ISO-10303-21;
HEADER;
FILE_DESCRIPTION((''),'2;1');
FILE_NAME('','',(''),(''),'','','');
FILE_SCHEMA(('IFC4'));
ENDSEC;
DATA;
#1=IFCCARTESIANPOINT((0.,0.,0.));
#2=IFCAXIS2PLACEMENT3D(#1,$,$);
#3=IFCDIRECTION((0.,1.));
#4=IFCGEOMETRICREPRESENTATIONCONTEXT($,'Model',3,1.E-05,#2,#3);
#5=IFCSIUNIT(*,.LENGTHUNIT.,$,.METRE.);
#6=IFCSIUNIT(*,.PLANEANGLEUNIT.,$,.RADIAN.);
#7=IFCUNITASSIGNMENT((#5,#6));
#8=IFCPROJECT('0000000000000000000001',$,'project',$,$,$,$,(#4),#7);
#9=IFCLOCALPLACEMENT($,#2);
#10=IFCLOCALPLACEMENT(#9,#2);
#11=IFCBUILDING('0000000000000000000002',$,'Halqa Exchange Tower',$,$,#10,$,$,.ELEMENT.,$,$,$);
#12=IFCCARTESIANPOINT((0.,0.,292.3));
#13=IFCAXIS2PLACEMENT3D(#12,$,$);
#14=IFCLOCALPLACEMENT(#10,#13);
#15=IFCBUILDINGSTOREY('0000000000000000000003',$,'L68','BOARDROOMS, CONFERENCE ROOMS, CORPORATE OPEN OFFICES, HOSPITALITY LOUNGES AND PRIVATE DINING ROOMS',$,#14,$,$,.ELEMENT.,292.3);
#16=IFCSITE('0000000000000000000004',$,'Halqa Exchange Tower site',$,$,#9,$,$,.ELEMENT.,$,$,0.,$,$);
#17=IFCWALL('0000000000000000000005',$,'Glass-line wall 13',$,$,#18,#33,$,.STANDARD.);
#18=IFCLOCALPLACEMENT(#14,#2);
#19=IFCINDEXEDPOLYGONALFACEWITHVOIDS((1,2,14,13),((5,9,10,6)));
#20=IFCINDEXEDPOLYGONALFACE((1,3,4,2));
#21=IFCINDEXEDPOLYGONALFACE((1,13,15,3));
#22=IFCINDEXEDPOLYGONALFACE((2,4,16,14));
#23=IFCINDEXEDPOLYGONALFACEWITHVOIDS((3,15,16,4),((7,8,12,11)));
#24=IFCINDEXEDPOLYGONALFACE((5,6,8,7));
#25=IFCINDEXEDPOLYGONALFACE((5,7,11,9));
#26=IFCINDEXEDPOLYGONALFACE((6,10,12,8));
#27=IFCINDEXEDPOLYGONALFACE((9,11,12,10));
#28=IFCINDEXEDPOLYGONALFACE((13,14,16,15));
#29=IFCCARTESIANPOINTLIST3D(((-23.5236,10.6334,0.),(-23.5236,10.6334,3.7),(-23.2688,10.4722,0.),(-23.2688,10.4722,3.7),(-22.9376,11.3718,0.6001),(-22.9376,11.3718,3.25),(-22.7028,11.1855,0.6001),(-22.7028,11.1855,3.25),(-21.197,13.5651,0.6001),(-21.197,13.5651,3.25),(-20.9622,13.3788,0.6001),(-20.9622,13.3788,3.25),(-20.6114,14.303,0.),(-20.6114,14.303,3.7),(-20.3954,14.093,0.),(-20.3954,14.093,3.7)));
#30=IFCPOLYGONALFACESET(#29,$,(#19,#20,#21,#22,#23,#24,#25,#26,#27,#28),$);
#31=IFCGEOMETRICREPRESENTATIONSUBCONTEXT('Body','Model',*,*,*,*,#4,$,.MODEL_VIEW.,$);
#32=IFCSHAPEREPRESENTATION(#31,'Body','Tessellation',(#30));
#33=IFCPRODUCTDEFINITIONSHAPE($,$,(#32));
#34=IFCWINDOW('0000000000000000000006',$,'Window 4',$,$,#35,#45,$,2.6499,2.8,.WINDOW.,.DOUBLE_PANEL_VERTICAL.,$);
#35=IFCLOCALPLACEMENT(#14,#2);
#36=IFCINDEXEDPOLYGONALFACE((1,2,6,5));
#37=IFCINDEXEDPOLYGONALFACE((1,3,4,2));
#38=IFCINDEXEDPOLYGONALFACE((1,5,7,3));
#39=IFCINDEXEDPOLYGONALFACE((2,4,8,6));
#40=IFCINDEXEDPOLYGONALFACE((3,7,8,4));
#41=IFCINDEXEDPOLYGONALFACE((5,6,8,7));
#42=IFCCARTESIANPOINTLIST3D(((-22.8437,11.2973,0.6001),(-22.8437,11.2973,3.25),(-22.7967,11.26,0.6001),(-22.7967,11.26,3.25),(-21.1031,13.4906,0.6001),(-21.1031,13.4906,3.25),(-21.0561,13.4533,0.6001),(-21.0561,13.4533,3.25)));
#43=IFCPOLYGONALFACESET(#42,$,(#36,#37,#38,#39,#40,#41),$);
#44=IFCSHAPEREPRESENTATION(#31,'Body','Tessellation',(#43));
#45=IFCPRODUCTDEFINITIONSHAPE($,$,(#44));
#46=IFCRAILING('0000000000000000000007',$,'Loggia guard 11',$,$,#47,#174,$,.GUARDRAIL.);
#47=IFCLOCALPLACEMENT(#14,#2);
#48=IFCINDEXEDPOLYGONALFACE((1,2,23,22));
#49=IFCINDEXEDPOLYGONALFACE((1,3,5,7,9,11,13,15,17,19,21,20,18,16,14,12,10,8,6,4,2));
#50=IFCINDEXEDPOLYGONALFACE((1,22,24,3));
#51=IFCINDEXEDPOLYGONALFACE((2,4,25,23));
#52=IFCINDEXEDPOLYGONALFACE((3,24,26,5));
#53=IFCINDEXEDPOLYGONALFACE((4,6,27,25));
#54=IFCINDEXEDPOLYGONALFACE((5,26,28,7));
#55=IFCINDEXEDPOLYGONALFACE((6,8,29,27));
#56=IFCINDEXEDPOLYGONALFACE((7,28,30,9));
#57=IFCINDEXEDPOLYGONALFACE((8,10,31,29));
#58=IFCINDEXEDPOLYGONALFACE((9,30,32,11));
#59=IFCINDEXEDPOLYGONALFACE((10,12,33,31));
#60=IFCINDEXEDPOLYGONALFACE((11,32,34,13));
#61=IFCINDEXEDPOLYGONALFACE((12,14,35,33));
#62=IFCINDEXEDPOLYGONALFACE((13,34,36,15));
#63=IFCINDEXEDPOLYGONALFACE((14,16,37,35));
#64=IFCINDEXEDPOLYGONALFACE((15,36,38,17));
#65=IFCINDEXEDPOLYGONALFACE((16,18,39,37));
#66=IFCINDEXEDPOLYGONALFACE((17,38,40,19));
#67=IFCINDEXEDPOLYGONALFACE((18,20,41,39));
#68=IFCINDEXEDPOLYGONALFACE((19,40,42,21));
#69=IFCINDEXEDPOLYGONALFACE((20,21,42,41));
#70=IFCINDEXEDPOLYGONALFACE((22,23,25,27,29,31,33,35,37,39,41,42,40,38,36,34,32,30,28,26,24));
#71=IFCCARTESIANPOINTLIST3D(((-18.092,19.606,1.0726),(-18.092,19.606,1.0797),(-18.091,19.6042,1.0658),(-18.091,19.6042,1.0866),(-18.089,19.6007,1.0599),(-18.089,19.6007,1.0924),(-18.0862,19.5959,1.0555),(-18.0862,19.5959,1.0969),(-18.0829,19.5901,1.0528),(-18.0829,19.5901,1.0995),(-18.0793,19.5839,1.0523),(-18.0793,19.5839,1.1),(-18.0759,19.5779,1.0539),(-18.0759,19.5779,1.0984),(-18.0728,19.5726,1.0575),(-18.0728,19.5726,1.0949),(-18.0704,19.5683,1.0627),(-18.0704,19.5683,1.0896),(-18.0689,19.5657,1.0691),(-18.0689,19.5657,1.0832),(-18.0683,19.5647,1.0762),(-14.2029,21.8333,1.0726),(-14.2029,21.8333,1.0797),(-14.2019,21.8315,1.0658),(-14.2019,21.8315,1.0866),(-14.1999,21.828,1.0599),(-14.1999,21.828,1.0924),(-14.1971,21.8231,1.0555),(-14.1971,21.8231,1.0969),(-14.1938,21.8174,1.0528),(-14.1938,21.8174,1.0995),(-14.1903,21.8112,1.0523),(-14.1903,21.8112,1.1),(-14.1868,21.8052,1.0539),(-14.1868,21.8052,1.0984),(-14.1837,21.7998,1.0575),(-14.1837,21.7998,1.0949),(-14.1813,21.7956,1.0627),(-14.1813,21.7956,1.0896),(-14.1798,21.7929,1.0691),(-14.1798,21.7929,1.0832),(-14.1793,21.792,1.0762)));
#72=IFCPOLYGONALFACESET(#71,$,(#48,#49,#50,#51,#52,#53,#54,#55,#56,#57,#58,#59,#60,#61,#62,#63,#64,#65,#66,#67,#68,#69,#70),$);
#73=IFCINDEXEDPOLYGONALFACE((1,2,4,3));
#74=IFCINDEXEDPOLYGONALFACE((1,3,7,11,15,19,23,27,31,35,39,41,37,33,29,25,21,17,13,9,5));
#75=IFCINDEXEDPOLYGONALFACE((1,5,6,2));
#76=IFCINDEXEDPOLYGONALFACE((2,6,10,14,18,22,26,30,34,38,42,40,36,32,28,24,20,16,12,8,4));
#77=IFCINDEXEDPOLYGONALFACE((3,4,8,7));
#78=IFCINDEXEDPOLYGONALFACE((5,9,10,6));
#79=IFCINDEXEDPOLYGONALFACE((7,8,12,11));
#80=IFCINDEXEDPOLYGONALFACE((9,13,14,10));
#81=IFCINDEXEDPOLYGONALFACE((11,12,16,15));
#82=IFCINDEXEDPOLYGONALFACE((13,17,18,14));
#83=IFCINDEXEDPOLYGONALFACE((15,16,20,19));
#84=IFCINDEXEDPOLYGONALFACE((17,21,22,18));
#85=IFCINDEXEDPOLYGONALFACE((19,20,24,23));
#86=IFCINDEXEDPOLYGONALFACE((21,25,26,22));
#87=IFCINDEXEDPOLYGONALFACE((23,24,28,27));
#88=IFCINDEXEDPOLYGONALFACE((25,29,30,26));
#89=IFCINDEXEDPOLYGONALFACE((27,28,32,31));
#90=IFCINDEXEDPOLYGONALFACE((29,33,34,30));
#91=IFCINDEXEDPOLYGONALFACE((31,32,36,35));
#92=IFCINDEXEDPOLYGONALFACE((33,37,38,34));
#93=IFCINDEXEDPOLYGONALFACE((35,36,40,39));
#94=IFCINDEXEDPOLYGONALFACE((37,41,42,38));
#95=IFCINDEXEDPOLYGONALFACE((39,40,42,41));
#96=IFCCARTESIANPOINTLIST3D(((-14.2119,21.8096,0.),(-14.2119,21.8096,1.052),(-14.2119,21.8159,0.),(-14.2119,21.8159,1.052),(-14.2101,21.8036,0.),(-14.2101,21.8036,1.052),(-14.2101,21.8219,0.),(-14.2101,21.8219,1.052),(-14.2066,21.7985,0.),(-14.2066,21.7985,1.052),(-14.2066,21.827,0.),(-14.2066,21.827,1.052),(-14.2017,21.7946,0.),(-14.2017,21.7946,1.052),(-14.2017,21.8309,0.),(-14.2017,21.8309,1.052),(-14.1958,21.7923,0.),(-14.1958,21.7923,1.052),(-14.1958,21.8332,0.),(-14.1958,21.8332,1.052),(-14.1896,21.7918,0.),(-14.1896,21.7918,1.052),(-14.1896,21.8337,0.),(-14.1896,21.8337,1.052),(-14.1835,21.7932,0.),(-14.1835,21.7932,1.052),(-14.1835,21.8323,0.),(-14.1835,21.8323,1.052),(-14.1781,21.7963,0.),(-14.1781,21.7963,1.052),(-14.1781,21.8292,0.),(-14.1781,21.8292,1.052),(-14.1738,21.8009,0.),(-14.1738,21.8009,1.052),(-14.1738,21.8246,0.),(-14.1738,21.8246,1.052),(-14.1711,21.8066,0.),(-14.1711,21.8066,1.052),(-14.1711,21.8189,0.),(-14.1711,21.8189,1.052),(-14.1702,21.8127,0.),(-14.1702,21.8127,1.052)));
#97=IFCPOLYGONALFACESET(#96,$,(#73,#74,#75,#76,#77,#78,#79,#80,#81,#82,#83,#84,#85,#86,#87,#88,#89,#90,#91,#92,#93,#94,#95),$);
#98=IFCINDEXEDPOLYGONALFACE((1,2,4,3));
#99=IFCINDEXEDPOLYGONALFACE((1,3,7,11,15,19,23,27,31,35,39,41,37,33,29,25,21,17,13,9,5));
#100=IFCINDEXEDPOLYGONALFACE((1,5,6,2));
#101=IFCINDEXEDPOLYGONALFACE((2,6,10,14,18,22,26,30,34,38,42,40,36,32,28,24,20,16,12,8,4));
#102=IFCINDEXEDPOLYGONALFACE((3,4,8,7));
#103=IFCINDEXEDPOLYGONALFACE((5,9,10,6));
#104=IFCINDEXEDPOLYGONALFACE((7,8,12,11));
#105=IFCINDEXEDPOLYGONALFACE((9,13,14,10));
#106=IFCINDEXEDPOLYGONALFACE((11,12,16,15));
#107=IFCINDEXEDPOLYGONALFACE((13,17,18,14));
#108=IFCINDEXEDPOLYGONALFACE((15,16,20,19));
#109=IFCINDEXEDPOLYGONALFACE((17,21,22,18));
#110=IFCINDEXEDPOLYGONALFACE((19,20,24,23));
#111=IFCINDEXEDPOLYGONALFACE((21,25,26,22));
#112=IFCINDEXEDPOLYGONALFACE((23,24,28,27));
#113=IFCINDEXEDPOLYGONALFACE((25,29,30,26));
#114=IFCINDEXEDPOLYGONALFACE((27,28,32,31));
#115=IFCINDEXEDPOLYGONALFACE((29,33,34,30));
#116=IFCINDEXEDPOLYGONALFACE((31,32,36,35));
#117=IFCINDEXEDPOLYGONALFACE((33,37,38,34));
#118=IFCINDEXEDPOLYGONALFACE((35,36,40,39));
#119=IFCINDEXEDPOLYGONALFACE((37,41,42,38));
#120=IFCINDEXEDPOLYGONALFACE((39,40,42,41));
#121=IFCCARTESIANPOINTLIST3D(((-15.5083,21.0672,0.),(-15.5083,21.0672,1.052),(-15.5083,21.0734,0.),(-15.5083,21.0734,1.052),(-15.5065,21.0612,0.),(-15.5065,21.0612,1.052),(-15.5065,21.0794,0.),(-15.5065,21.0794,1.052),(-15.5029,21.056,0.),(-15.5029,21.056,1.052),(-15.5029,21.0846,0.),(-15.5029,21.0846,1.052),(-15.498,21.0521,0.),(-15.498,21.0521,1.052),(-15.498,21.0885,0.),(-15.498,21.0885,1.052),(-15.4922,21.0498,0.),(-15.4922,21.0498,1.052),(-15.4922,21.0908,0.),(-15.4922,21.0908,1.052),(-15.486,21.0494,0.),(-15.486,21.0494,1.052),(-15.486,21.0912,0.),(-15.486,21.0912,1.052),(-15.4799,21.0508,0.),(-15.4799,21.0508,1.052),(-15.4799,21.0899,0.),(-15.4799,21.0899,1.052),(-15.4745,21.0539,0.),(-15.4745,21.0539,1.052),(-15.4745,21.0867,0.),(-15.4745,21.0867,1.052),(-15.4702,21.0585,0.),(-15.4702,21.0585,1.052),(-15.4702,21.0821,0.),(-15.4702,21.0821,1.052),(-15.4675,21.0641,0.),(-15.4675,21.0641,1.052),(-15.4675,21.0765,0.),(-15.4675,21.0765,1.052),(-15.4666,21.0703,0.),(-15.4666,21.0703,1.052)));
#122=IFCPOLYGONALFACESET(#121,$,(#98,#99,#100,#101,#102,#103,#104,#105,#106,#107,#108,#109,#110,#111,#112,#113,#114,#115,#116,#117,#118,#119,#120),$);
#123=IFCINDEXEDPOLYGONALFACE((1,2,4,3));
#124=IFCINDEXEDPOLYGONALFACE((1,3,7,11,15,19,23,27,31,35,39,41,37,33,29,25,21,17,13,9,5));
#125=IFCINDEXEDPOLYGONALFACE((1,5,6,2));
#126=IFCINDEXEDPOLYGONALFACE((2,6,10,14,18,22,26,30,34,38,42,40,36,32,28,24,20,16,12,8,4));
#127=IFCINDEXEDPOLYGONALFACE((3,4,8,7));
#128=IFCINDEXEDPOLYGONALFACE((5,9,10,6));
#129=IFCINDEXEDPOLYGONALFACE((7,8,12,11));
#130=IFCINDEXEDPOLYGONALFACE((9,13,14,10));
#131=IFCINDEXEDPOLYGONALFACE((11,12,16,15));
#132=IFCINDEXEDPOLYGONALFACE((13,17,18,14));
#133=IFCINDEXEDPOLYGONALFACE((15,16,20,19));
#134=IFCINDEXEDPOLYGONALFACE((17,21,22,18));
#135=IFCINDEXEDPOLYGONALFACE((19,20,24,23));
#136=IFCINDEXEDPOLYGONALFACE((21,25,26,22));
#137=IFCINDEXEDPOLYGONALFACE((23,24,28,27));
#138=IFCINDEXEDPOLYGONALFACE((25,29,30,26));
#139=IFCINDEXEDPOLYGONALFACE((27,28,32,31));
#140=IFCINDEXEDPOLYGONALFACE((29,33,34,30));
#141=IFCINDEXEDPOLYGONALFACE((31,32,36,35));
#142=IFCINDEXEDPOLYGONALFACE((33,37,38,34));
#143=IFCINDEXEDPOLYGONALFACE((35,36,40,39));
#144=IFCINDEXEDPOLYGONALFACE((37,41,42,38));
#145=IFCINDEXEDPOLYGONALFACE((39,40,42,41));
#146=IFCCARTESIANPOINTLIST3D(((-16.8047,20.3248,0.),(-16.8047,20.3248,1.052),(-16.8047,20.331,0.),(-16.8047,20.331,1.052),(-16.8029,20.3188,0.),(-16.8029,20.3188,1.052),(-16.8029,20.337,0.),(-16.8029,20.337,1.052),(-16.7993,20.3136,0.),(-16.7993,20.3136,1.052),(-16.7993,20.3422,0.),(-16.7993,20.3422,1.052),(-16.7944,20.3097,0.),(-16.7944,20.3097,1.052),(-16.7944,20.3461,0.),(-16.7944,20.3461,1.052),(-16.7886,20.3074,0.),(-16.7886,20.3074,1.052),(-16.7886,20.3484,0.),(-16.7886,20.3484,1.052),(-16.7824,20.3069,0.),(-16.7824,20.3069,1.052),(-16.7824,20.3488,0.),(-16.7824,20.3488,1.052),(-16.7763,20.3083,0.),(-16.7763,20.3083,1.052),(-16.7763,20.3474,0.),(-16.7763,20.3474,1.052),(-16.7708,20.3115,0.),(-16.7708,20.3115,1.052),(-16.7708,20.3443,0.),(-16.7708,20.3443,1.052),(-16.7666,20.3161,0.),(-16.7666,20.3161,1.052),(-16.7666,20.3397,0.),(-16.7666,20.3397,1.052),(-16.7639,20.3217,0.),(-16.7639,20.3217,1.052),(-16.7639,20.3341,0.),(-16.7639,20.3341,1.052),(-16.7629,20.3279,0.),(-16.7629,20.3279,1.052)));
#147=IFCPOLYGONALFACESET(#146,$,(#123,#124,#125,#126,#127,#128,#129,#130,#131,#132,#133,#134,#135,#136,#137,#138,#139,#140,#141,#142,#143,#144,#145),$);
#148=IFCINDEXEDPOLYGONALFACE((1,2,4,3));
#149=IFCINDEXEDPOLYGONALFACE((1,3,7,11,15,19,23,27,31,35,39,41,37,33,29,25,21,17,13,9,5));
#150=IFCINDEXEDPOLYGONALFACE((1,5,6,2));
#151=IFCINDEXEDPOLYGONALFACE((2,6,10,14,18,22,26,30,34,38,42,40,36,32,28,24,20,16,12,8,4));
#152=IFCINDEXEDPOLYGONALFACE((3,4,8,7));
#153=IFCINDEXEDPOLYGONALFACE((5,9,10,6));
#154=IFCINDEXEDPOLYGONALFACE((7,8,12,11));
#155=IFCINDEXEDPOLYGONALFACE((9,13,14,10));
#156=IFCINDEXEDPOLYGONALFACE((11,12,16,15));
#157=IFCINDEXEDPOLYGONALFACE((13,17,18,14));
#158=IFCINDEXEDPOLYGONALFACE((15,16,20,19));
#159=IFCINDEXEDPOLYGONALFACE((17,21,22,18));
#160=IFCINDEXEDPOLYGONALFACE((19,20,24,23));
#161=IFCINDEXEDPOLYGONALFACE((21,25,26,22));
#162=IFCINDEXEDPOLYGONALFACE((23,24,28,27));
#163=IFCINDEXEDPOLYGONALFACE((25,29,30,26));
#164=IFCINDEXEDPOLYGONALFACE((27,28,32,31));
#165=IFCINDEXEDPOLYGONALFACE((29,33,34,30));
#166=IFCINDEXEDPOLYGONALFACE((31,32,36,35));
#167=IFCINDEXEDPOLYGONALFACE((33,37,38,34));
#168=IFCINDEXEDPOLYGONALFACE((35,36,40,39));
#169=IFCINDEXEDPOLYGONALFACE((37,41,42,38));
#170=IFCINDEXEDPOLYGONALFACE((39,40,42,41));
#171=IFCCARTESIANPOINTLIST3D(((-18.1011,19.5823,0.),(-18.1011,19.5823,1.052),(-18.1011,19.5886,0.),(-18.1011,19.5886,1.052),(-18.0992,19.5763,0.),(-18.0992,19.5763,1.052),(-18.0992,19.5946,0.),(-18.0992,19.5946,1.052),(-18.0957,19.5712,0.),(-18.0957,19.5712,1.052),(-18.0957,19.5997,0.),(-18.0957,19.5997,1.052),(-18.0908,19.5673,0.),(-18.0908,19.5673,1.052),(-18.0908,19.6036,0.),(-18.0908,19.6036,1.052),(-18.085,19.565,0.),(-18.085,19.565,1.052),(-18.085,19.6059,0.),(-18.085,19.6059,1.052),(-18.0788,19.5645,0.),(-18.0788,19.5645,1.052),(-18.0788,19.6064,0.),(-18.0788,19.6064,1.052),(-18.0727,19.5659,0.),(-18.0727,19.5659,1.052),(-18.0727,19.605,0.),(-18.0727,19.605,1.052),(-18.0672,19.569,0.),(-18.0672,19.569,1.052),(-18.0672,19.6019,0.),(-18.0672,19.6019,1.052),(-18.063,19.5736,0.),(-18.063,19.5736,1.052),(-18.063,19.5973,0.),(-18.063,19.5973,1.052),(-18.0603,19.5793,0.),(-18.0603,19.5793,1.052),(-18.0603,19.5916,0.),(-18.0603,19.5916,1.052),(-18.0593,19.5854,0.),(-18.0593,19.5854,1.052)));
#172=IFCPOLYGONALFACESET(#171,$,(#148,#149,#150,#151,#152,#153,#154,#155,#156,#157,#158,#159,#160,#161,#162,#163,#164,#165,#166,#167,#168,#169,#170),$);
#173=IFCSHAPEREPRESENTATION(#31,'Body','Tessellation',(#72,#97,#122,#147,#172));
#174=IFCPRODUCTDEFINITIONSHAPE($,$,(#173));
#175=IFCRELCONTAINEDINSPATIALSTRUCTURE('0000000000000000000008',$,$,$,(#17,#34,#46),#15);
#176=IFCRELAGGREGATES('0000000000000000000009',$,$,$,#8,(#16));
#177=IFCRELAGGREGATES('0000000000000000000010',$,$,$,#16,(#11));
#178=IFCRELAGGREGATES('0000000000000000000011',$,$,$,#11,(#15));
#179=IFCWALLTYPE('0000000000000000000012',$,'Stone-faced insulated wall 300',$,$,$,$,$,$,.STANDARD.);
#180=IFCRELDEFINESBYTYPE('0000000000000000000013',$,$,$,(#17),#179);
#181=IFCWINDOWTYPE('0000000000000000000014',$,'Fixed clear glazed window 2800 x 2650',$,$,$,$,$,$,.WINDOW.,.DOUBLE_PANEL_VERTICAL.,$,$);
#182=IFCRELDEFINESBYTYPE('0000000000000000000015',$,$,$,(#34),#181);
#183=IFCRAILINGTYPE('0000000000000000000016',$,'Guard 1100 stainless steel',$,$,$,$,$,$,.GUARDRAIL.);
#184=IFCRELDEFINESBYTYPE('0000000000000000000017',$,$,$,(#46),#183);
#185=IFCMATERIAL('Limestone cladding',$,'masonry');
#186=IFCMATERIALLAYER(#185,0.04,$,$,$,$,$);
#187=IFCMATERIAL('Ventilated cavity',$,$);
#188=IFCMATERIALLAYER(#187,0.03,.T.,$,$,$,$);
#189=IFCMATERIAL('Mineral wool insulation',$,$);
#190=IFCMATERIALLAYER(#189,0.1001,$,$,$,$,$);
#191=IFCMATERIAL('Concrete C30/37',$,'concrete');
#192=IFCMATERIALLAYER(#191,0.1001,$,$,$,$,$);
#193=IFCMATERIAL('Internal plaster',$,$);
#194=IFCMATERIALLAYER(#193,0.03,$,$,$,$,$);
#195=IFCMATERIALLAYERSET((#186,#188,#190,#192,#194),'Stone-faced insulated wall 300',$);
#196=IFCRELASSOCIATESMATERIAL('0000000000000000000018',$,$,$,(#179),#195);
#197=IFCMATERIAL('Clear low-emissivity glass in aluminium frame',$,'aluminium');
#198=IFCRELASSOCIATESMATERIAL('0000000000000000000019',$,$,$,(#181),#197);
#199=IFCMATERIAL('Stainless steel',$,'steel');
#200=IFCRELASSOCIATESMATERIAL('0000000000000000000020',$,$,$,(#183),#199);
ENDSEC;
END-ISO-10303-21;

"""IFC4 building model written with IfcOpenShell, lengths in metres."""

from ifc_helpers import new_model, si_unit, direction, frame, frame_2d, origin, origin_2d, place, context, subcontext, project, spatial, polyline, rectangle, circle, outline, extrude, material, layer, layer_set, type_object, element, fill, save


model = new_model("IFC4")

# Units and contexts
model_context = context("Model", 3, precision=1e-05, world=origin(), true_north=direction((0.0, 1.0)))
body_context = subcontext(model_context, "Body", "Model", "MODEL_VIEW")
ifc_project = project(units=[si_unit("LENGTHUNIT", "METRE"), si_unit("PLANEANGLEUNIT", "RADIAN")], contexts=[model_context])

# Site, building, storey
site_placement = place(None, origin())
site = spatial("IfcSite", under=ifc_project, at=site_placement, Name="Halqa Exchange Tower site", CompositionType="ELEMENT", RefElevation=0.0)
building_placement = place(site_placement, origin())
building = spatial("IfcBuilding", under=site, at=building_placement, Name="Halqa Exchange Tower", CompositionType="ELEMENT")
storey_placement = place(building_placement, frame((0.0, 0.0, 292.3)))
storey = spatial("IfcBuildingStorey", under=building, at=storey_placement, Name="L68", Description="BOARDROOMS, CONFERENCE ROOMS, CORPORATE OPEN OFFICES, HOSPITALITY LOUNGES AND PRIVATE DINING ROOMS", CompositionType="ELEMENT", Elevation=292.3)

# Shared definitions
ifc_material_1 = material(Name="Limestone cladding", Category="masonry")
ifc_layer_1 = layer(ifc_material_1, 0.04)
ifc_material_2 = material(Name="Ventilated cavity")
ifc_layer_2 = layer(ifc_material_2, 0.03, ventilated=True)
ifc_material_3 = material(Name="Mineral wool insulation")
ifc_layer_3 = layer(ifc_material_3, 0.1001)
ifc_material_4 = material(Name="Concrete C30/37", Category="concrete")
ifc_layer_4 = layer(ifc_material_4, 0.1001)
ifc_material_5 = material(Name="Internal plaster")
ifc_layer_5 = layer(ifc_material_5, 0.03)
ifc_layer_set_1 = layer_set([ifc_layer_1, ifc_layer_2, ifc_layer_3, ifc_layer_4, ifc_layer_5], Name="Stone-faced insulated wall 300")
wall_type_1 = type_object("IfcWallType", Name="Stone-faced insulated wall 300", PredefinedType="STANDARD", material=ifc_layer_set_1)
ifc_material_6 = material(Name="Clear low-emissivity glass in aluminium frame", Category="aluminium")
window_type = type_object("IfcWindowType", Name="Fixed clear glazed window 2800 x 2650", PartitioningType="DOUBLE_PANEL_VERTICAL", PredefinedType="WINDOW", material=ifc_material_6)

# Wall, opening, window
wall_1_placement = place(storey_placement, frame((-20.5034, 14.198, 0.0), z_axis=(0.0, 0.0, 1.0), x_axis=(-0.621626, -0.783314, 0.0)))
wall_1 = element("IfcWall", 1, at=wall_1_placement, inside=storey, type_object=wall_type_1, Name="Glass-line wall 13", PredefinedType="STANDARD", context=body_context, shape_type="SweptSolid", body=[
    extrude(outline(polyline([(-0.0151, -0.1499), (4.6697, -0.1499), (4.6375, 0.1499), (0.0151, 0.1499), (-0.0151, -0.1499)])), origin(), (0.0, 0.0, 1.0), 3.7),
])
opening_1_placement = place(wall_1_placement, frame((0.927, 0.0, 0.6001)))
opening_1 = element("IfcOpeningElement", 2, at=opening_1_placement, cuts=wall_1, PredefinedType="OPENING", context=body_context, shape_type="SweptSolid", body=[
    extrude(rectangle(XDim=2.8, YDim=2.6499, at=frame_2d((1.3999, 1.325))), frame((0.0, 0.1621, 0.0), z_axis=(0.0, -1.0, 0.0), x_axis=(1.0, 0.0, 0.0)), (0.0, 0.0, 1.0), 0.324),
])
window_1_placement = place(opening_1_placement, origin())
window_1 = element("IfcWindow", 3, at=window_1_placement, inside=storey, type_object=window_type, Name="Window 4", OverallHeight=2.6499, OverallWidth=2.8, PartitioningType="DOUBLE_PANEL_VERTICAL", PredefinedType="WINDOW", context=body_context, shape_type="SweptSolid", body=[
    extrude(rectangle(XDim=2.8, YDim=2.6499, at=frame_2d((1.3999, 1.325))), frame((0.0, 0.03, 0.0), z_axis=(0.0, -1.0, 0.0), x_axis=(1.0, 0.0, 0.0)), (0.0, 0.0, 1.0), 0.0601),
])
fill(opening_1, window_1)

# Railing
ifc_material_7 = material(Name="Stainless steel", Category="steel")
railing_type = type_object("IfcRailingType", Name="Guard 1100 stainless steel", PredefinedType="GUARDRAIL", material=ifc_material_7)
railing_1_placement = place(storey_placement, frame((-14.1912, 21.8127, 0.0)))
element("IfcRailing", 4, at=railing_1_placement, inside=storey, type_object=railing_type, Name="Loggia guard 11", PredefinedType="GUARDRAIL", context=body_context, shape_type="SweptSolid", body=[
    extrude(circle(Radius=0.0239, at=origin_2d()), frame((0.0, 0.0, 1.0762), z_axis=(-0.86777, -0.496966, 0.0), x_axis=(0.496966, -0.86777, 0.0)), (0.0, 0.0, 1.0), 4.4817),
    extrude(circle(Radius=0.021, at=origin_2d()), origin(), (0.0, 0.0, 1.0), 1.052),
    extrude(circle(Radius=0.021, at=origin_2d()), frame((-1.2964, -0.7424, 0.0)), (0.0, 0.0, 1.0), 1.052),
    extrude(circle(Radius=0.021, at=origin_2d()), frame((-2.5928, -1.4849, 0.0)), (0.0, 0.0, 1.0), 1.052),
    extrude(circle(Radius=0.021, at=origin_2d()), frame((-3.8892, -2.2273, 0.0)), (0.0, 0.0, 1.0), 1.052),
])

save(model, "model.ifc")
